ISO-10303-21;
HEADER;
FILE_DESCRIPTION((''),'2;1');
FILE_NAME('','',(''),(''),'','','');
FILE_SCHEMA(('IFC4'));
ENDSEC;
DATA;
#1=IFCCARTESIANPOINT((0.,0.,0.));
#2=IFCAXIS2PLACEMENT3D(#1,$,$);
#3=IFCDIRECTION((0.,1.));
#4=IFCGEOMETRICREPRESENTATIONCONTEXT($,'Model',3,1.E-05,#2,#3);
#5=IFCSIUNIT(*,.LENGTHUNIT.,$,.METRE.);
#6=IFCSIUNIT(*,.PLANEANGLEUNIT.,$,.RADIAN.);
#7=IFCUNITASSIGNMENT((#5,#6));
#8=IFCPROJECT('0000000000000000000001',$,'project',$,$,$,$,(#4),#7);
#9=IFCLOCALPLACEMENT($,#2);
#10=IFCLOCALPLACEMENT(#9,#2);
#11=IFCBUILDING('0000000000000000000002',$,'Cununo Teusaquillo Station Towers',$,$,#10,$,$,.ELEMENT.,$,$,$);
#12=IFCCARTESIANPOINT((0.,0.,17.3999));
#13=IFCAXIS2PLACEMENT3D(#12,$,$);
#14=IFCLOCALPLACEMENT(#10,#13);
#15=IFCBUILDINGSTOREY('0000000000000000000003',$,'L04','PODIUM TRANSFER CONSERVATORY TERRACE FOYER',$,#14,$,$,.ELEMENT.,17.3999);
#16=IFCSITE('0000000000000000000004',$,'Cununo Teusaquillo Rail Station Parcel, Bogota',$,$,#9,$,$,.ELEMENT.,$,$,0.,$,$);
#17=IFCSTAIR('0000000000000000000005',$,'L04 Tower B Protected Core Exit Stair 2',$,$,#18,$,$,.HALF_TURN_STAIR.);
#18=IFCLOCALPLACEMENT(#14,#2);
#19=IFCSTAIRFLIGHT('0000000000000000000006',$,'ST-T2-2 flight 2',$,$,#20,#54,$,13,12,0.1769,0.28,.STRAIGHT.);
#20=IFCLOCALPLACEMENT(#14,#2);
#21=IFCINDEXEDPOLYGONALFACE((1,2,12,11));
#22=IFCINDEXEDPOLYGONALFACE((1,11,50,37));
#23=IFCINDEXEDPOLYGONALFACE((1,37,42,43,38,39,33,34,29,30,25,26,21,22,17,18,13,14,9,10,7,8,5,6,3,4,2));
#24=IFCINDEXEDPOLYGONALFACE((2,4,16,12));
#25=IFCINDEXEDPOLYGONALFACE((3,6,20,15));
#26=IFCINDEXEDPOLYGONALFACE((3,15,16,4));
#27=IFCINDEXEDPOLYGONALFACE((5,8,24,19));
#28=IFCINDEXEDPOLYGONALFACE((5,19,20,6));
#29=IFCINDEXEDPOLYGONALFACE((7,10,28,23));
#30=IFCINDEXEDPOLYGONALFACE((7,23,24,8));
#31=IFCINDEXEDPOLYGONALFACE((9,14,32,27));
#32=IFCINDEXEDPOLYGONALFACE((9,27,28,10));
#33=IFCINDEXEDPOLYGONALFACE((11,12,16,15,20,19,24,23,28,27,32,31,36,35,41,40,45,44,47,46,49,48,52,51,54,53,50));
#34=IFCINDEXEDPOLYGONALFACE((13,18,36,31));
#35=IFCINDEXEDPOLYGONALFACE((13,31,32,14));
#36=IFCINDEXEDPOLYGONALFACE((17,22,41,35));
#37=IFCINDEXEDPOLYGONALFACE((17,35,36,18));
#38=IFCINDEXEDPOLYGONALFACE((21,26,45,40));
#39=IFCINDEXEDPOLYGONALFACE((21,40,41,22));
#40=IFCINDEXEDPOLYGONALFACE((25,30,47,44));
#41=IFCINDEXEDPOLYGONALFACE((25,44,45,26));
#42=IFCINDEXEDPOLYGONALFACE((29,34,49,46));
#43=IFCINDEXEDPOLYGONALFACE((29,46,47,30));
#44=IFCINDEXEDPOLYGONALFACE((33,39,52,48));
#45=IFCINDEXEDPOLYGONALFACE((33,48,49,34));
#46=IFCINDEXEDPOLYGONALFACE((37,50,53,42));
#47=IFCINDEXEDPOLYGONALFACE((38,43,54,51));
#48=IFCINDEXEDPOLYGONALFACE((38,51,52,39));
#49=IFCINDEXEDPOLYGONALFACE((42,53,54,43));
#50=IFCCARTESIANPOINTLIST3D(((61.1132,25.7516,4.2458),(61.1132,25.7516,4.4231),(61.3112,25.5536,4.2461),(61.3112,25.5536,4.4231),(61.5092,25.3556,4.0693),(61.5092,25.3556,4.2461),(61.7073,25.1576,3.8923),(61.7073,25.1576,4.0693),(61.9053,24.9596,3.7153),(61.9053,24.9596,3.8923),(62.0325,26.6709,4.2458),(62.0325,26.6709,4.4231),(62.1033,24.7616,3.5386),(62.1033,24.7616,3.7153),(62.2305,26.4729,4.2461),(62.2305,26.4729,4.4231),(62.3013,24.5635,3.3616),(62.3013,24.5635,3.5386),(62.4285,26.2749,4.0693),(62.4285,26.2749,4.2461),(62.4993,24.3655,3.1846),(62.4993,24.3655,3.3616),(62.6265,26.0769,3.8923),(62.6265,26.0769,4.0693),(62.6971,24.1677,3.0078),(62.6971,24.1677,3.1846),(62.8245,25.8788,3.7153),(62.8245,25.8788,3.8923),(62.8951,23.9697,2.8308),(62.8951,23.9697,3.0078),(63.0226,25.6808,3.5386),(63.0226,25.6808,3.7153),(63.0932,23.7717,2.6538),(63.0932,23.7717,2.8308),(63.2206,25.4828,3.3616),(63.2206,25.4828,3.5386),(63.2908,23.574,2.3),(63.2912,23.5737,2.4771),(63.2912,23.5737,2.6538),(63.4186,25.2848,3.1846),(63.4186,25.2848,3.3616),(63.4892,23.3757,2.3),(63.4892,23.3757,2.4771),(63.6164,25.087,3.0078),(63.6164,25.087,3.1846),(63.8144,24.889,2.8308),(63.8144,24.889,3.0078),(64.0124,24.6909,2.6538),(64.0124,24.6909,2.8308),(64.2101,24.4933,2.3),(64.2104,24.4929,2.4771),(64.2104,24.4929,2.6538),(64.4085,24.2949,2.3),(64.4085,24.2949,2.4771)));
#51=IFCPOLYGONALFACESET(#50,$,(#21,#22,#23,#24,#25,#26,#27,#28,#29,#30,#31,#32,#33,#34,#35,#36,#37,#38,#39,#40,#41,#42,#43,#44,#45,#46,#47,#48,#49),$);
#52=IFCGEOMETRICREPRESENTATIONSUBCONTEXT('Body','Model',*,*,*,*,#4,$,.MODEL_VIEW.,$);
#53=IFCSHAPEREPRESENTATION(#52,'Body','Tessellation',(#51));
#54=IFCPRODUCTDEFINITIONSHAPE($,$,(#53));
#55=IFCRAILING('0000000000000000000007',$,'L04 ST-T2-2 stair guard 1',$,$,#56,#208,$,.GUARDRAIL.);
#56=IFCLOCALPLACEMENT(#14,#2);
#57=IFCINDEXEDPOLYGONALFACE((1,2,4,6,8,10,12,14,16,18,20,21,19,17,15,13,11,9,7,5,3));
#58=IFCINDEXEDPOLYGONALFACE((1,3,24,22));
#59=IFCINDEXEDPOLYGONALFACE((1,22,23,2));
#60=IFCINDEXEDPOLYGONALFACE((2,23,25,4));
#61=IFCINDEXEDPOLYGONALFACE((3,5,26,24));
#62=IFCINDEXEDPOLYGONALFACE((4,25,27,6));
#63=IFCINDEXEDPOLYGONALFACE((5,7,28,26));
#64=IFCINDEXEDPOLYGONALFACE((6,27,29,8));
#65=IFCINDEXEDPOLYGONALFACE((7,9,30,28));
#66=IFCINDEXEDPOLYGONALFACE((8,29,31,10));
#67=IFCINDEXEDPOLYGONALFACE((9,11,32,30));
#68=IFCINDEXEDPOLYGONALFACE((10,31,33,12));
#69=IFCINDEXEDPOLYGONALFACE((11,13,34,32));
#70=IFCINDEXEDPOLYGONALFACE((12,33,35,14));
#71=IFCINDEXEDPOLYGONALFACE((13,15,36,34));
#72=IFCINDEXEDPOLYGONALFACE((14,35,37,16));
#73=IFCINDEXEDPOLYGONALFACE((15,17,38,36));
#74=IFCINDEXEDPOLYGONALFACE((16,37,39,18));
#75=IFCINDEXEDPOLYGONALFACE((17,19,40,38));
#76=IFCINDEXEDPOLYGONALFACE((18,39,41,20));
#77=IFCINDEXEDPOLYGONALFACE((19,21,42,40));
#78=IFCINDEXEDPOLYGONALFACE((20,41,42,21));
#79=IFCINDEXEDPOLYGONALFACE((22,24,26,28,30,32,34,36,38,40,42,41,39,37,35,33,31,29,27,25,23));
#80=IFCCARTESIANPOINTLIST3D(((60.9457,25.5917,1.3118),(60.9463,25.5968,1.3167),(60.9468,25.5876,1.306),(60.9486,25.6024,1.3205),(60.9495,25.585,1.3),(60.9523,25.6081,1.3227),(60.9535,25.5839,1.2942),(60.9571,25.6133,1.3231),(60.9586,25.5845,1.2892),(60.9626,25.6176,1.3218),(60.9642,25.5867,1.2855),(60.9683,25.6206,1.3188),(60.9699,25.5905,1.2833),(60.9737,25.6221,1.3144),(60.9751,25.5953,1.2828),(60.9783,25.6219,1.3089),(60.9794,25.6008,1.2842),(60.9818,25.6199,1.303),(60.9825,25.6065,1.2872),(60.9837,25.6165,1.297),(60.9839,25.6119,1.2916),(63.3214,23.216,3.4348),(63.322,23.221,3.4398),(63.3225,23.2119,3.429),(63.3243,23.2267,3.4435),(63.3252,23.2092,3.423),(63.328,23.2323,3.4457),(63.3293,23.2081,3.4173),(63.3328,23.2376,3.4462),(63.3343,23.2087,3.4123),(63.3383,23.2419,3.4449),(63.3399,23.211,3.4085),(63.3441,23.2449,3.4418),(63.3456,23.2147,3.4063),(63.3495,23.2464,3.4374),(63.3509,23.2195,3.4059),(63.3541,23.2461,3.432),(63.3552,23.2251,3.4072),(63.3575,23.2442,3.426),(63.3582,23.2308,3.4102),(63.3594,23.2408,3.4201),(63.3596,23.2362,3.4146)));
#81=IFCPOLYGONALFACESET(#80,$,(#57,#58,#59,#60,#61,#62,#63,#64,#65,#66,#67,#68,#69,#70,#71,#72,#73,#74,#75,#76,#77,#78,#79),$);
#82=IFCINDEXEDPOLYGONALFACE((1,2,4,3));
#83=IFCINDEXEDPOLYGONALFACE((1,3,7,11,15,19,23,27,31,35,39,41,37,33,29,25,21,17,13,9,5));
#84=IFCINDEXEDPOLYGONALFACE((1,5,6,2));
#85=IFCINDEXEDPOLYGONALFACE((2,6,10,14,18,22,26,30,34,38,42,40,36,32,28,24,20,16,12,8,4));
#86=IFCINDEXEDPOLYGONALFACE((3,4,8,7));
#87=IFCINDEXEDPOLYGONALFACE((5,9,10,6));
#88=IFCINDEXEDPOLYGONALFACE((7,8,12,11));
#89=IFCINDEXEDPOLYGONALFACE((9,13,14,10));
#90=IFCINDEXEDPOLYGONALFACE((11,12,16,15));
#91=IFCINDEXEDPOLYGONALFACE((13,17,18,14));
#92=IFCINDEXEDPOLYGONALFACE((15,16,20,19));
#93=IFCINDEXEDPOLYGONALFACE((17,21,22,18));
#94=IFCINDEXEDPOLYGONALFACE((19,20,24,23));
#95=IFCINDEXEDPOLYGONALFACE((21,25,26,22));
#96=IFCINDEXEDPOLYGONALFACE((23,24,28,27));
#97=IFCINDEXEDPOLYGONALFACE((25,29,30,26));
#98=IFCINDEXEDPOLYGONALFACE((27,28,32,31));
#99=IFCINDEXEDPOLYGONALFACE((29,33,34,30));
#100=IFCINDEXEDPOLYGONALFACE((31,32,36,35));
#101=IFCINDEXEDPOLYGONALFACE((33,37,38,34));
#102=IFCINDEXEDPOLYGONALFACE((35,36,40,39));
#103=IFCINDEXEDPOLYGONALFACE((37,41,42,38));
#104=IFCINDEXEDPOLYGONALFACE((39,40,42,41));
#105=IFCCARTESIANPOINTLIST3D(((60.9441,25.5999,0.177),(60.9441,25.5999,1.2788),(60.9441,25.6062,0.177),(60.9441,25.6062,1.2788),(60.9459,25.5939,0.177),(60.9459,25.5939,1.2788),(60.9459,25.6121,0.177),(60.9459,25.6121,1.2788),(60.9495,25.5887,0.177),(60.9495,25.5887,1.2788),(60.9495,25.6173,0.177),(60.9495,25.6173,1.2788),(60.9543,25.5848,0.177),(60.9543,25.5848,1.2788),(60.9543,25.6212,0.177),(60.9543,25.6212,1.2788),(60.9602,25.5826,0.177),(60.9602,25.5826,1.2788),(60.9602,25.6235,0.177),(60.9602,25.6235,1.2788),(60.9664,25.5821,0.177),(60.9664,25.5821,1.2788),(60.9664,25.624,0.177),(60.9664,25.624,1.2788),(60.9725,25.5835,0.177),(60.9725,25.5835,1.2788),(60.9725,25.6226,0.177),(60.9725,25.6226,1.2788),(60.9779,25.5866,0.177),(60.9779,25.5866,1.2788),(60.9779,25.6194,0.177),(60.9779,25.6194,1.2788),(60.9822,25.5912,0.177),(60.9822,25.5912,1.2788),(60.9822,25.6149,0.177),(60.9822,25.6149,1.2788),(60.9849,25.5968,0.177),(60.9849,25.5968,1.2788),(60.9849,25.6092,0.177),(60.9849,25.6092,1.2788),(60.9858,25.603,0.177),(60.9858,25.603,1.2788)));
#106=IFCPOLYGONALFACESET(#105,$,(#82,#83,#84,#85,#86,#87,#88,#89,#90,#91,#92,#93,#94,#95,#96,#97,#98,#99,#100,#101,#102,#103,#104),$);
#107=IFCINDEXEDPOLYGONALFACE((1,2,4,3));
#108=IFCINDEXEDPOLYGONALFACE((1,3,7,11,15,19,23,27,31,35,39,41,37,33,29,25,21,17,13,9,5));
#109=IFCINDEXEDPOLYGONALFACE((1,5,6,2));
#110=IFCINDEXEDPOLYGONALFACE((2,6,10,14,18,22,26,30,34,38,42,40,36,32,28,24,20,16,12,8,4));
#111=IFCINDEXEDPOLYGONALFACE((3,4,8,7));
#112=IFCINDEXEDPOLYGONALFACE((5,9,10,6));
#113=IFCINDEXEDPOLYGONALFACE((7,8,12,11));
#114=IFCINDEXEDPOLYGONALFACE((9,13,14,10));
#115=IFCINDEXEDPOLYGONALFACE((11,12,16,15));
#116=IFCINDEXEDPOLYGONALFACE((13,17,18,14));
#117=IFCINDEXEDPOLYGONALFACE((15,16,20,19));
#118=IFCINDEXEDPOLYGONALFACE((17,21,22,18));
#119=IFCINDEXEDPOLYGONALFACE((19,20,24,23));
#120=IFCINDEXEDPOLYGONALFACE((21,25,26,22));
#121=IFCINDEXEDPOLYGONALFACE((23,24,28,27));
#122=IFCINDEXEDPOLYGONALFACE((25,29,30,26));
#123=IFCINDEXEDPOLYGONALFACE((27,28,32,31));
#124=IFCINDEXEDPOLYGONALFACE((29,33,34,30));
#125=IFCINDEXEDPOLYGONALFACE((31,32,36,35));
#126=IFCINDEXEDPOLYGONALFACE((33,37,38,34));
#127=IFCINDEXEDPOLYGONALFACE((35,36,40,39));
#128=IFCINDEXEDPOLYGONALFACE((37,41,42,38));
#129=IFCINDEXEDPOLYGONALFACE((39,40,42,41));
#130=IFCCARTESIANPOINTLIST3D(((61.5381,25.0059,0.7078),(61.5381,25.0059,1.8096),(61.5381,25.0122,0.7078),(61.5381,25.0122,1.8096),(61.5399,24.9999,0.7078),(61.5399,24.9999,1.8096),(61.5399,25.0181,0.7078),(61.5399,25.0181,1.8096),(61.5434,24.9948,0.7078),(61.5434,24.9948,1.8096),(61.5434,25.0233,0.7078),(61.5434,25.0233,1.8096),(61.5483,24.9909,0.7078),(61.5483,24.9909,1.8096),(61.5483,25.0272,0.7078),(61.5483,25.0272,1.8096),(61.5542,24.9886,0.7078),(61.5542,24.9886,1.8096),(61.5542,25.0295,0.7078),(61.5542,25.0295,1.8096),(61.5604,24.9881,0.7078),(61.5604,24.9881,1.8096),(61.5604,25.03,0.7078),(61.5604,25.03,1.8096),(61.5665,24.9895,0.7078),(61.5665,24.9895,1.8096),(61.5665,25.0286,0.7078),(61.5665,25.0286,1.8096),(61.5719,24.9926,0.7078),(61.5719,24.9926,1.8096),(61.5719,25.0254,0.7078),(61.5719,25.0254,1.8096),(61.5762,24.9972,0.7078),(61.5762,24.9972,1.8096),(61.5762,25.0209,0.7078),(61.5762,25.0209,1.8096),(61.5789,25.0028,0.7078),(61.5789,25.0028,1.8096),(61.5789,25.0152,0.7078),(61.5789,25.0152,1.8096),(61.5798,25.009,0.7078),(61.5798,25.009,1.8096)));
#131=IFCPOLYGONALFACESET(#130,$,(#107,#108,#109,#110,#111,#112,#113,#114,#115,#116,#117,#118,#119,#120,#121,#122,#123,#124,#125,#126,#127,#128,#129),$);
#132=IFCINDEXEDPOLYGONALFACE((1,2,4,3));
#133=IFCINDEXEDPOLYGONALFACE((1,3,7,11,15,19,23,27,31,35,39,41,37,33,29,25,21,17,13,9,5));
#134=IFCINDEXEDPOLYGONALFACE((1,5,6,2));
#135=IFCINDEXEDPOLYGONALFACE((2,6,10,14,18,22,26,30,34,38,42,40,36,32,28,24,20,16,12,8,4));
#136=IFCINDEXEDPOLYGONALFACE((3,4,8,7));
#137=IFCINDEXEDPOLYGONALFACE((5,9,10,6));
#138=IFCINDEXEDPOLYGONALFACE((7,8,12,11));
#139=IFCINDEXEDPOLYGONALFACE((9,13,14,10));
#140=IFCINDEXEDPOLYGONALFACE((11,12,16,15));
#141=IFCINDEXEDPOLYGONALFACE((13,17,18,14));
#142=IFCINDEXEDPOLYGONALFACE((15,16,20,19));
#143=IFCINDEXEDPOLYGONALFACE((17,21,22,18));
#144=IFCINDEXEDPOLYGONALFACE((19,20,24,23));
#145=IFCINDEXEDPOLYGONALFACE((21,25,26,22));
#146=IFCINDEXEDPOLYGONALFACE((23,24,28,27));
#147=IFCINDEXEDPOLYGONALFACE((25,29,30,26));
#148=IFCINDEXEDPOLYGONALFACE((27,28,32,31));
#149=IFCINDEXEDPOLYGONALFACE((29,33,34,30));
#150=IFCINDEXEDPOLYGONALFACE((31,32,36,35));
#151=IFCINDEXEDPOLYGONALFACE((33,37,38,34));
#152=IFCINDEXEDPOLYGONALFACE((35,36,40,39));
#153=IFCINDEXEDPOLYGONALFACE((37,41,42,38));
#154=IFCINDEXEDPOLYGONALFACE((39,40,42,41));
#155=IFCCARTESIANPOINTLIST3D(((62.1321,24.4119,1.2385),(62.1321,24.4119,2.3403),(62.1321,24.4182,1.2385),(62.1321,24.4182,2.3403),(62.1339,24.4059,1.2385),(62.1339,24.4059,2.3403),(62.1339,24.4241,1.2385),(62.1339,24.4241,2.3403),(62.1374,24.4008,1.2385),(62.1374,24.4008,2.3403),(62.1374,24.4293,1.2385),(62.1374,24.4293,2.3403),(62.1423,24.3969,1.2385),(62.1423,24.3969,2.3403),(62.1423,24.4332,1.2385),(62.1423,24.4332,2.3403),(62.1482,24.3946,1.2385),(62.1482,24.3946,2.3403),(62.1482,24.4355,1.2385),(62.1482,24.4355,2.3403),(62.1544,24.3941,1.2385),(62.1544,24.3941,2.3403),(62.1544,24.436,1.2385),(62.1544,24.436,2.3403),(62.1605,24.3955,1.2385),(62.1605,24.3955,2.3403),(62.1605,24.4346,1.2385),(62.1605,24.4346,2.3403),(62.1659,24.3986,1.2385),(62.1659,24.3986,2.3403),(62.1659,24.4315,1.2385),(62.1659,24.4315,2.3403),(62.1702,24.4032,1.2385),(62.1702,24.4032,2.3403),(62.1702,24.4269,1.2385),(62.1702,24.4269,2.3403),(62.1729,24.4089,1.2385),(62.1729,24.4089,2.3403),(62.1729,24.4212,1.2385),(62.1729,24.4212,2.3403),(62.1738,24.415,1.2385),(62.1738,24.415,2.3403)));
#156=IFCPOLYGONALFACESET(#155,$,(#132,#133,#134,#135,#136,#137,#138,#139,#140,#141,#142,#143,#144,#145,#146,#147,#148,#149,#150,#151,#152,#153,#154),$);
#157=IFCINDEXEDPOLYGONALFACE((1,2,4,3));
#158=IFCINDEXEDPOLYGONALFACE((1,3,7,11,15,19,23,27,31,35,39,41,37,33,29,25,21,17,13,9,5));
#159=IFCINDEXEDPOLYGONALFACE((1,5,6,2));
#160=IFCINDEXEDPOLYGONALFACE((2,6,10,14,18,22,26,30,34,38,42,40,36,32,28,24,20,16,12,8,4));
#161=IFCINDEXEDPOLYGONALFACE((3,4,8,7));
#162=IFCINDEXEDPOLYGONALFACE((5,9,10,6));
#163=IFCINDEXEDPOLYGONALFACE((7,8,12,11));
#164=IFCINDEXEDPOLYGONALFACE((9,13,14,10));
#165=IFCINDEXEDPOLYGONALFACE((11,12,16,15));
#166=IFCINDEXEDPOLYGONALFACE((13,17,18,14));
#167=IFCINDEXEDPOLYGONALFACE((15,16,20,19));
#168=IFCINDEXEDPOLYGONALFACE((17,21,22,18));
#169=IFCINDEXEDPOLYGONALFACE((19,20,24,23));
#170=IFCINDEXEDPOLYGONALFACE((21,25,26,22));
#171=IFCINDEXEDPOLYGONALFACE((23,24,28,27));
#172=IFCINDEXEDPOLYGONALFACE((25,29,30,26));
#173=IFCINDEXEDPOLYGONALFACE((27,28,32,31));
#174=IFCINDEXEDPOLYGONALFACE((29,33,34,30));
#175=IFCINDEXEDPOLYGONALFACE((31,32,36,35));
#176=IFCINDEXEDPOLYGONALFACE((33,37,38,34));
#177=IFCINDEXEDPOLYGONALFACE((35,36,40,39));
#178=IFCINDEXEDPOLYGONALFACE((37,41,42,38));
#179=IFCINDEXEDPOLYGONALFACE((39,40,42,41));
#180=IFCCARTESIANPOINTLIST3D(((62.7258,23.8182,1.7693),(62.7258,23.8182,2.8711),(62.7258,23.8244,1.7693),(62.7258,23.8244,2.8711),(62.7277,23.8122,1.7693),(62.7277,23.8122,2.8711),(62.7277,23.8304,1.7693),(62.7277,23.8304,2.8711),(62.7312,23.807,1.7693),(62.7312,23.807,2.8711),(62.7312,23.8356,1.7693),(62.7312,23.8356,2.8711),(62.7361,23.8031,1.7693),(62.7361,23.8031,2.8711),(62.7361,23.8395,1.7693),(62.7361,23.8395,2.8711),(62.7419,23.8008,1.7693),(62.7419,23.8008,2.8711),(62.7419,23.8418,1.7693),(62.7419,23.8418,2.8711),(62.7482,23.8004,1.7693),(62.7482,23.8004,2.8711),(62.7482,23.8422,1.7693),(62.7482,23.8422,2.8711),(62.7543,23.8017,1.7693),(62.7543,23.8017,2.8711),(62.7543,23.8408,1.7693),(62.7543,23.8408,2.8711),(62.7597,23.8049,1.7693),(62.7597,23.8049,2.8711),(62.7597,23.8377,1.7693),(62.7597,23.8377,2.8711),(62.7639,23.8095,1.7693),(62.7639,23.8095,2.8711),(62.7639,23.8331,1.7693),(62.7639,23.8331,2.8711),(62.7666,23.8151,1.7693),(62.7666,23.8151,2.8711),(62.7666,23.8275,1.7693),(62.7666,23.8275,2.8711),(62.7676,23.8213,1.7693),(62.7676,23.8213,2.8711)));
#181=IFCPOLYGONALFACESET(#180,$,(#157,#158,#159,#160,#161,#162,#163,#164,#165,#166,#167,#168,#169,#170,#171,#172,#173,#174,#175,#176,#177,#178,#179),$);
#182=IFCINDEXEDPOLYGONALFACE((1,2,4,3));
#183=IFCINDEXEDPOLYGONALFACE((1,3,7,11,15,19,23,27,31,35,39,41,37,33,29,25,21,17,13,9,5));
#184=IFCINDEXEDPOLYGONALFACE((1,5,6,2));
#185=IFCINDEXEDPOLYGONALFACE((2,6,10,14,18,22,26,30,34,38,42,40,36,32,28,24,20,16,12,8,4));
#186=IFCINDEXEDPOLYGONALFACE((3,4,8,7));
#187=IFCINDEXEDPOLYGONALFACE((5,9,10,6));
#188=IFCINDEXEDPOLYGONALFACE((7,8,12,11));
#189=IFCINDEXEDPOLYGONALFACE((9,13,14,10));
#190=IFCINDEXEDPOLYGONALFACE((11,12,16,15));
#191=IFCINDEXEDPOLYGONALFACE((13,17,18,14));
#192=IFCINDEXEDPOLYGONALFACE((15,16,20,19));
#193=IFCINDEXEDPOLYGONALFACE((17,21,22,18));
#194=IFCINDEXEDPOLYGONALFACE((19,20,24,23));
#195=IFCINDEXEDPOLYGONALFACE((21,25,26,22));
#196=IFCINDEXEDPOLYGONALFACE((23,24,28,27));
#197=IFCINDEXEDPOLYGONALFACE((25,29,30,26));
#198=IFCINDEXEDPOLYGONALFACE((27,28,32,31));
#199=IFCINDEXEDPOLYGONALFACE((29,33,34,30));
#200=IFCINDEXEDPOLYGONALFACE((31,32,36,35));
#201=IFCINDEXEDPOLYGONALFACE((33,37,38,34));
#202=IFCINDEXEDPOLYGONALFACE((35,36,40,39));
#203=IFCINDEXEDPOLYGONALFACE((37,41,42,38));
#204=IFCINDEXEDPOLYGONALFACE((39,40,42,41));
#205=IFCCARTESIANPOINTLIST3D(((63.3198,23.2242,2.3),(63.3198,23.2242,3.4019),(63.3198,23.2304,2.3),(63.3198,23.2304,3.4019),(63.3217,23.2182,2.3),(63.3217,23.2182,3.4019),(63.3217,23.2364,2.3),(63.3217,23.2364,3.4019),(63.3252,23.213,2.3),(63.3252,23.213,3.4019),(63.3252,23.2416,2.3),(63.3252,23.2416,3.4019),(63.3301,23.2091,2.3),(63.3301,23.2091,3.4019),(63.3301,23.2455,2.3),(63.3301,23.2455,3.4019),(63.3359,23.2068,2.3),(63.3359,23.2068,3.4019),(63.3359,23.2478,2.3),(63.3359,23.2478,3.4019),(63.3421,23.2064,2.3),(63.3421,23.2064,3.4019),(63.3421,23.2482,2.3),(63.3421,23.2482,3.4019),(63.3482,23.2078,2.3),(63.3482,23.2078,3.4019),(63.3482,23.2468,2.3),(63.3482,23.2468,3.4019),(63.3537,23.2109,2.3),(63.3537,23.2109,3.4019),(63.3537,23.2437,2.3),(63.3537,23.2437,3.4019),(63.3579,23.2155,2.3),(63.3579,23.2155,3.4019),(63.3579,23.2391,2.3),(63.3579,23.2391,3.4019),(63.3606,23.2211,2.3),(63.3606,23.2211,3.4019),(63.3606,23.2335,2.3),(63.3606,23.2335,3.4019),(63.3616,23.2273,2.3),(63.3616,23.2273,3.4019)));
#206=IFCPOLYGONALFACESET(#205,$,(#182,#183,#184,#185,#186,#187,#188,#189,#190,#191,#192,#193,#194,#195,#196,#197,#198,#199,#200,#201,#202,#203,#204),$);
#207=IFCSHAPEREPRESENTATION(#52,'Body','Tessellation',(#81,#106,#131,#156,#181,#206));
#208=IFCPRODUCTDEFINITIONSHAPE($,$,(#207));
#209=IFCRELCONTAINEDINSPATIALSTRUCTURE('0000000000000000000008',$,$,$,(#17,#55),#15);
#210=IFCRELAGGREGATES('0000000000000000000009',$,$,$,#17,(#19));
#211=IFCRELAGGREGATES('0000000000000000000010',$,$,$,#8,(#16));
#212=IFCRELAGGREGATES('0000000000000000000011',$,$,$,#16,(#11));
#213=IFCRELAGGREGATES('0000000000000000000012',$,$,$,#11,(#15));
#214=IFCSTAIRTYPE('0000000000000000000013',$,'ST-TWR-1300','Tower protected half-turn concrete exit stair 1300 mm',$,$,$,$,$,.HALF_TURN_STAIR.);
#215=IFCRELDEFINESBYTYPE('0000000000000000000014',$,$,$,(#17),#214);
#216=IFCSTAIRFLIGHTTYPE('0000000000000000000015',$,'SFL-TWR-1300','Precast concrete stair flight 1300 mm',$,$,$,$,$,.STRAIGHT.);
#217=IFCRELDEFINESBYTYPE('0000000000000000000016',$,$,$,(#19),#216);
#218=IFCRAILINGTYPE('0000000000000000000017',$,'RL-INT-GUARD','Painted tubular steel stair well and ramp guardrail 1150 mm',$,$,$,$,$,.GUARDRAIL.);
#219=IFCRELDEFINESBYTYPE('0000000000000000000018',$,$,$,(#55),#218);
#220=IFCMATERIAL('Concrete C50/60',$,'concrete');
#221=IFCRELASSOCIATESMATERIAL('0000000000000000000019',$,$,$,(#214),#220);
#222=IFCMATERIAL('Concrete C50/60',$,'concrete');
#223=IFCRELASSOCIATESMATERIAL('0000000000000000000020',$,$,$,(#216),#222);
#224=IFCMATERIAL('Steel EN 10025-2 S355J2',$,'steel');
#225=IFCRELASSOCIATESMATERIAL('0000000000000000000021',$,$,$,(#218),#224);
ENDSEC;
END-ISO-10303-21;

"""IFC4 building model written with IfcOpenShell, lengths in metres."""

from ifc_helpers import new_model, si_unit, direction, frame, origin, origin_2d, place, context, subcontext, project, spatial, polyline, circle, outline, extrude, material, type_object, element, aggregate, save


model = new_model("IFC4")

# Units and contexts
model_context = context("Model", 3, precision=1e-05, world=origin(), true_north=direction((0.0, 1.0)))
body_context = subcontext(model_context, "Body", "Model", "MODEL_VIEW")
ifc_project = project(units=[si_unit("LENGTHUNIT", "METRE"), si_unit("PLANEANGLEUNIT", "RADIAN")], contexts=[model_context])

# Site, building, storey
site_placement = place(None, origin())
site = spatial("IfcSite", under=ifc_project, at=site_placement, Name="Cununo Teusaquillo Rail Station Parcel, Bogota", CompositionType="ELEMENT", RefElevation=0.0)
building_placement = place(site_placement, origin())
building = spatial("IfcBuilding", under=site, at=building_placement, Name="Cununo Teusaquillo Station Towers", CompositionType="ELEMENT")
storey_placement = place(building_placement, frame((0.0, 0.0, 17.3999)))
storey = spatial("IfcBuildingStorey", under=building, at=storey_placement, Name="L04", Description="PODIUM TRANSFER CONSERVATORY TERRACE FOYER", CompositionType="ELEMENT", Elevation=17.3999)

# Stair, stair flight
ifc_material_1 = material(Name="Concrete C50/60", Category="concrete")
stair_type = type_object("IfcStairType", Name="ST-TWR-1300", Description="Tower protected half-turn concrete exit stair 1300 mm", PredefinedType="HALF_TURN_STAIR", material=ifc_material_1)
stair_placement = place(storey_placement, origin())
stair = element("IfcStair", 1, at=stair_placement, inside=storey, type_object=stair_type, Name="L04 Tower B Protected Core Exit Stair 2", PredefinedType="HALF_TURN_STAIR")
ifc_material_2 = material(Name="Concrete C50/60", Category="concrete")
stair_flight_type = type_object("IfcStairFlightType", Name="SFL-TWR-1300", Description="Precast concrete stair flight 1300 mm", PredefinedType="STRAIGHT", material=ifc_material_2)
stair_flight_1_placement = place(storey_placement, frame((63.9487, 23.8352, 2.3), z_axis=(0.0, 0.0, 1.0), x_axis=(-0.707107, 0.707107, 0.0)))
stair_flight_1 = element("IfcStairFlight", 2, at=stair_flight_1_placement, type_object=stair_flight_type, Name="ST-T2-2 flight 2", NumberOfRisers=13, NumberOfTreads=12, PredefinedType="STRAIGHT", RiserHeight=0.1769, TreadLength=0.28, context=body_context, shape_type="SweptSolid", body=[
    extrude(outline(polyline([(0.0, 0.0), (0.0, 0.177), (0.28, 0.177), (0.28, 0.3538), (0.5601, 0.3538), (0.5601, 0.5308), (0.8401, 0.5308), (0.8401, 0.7078), (1.1201, 0.7078), (1.1201, 0.8845), (1.3999, 0.8845), (1.3999, 1.0615), (1.6799, 1.0615), (1.6799, 1.2385), (1.96, 1.2385), (1.96, 1.4153), (2.24, 1.4153), (2.24, 1.5923), (2.52, 1.5923), (2.52, 1.7693), (2.8, 1.7693), (2.8, 1.946), (3.0801, 1.946), (3.0801, 2.123), (3.3601, 2.123), (3.3601, 2.3), (3.3601, 1.9458), (0.2805, 0.0), (0.0, 0.0)])), frame((0.0, 0.6499, 0.0), z_axis=(0.0, -1.0, 0.0), x_axis=(1.0, 0.0, 0.0)), (0.0, 0.0, 1.0), 1.3),
])
aggregate(stair, [stair_flight_1])

# Railing
ifc_material_3 = material(Name="Steel EN 10025-2 S355J2", Category="steel")
railing_type_1 = type_object("IfcRailingType", Name="RL-INT-GUARD", Description="Painted tubular steel stair well and ramp guardrail 1150 mm", PredefinedType="GUARDRAIL", material=ifc_material_3)
railing_1_placement = place(storey_placement, frame((60.9648, 25.603, 0.177)))
element("IfcRailing", 3, at=railing_1_placement, inside=storey, type_object=railing_type_1, Name="L04 ST-T2-2 stair guard 1", PredefinedType="GUARDRAIL", context=body_context, shape_type="SweptSolid", body=[
    extrude(circle(Radius=0.0239, at=origin_2d()), frame((0.0, 0.0, 1.126), z_axis=(0.597765, -0.597765, 0.534186), x_axis=(0.707107, 0.707107, 0.0)), (0.0, 0.0, 1.0), 3.9744),
    extrude(circle(Radius=0.021, at=origin_2d()), origin(), (0.0, 0.0, 1.0), 1.1018),
    extrude(circle(Radius=0.021, at=origin_2d()), frame((0.594, -0.594, 0.5308)), (0.0, 0.0, 1.0), 1.1018),
    extrude(circle(Radius=0.021, at=origin_2d()), frame((1.188, -1.188, 1.0615)), (0.0, 0.0, 1.0), 1.1018),
    extrude(circle(Radius=0.021, at=origin_2d()), frame((1.7817, -1.7817, 1.5923)), (0.0, 0.0, 1.0), 1.1018),
    extrude(circle(Radius=0.021, at=origin_2d()), frame((2.3757, -2.3757, 2.123)), (0.0, 0.0, 1.0), 1.1018),
])

save(model, "model.ifc")
